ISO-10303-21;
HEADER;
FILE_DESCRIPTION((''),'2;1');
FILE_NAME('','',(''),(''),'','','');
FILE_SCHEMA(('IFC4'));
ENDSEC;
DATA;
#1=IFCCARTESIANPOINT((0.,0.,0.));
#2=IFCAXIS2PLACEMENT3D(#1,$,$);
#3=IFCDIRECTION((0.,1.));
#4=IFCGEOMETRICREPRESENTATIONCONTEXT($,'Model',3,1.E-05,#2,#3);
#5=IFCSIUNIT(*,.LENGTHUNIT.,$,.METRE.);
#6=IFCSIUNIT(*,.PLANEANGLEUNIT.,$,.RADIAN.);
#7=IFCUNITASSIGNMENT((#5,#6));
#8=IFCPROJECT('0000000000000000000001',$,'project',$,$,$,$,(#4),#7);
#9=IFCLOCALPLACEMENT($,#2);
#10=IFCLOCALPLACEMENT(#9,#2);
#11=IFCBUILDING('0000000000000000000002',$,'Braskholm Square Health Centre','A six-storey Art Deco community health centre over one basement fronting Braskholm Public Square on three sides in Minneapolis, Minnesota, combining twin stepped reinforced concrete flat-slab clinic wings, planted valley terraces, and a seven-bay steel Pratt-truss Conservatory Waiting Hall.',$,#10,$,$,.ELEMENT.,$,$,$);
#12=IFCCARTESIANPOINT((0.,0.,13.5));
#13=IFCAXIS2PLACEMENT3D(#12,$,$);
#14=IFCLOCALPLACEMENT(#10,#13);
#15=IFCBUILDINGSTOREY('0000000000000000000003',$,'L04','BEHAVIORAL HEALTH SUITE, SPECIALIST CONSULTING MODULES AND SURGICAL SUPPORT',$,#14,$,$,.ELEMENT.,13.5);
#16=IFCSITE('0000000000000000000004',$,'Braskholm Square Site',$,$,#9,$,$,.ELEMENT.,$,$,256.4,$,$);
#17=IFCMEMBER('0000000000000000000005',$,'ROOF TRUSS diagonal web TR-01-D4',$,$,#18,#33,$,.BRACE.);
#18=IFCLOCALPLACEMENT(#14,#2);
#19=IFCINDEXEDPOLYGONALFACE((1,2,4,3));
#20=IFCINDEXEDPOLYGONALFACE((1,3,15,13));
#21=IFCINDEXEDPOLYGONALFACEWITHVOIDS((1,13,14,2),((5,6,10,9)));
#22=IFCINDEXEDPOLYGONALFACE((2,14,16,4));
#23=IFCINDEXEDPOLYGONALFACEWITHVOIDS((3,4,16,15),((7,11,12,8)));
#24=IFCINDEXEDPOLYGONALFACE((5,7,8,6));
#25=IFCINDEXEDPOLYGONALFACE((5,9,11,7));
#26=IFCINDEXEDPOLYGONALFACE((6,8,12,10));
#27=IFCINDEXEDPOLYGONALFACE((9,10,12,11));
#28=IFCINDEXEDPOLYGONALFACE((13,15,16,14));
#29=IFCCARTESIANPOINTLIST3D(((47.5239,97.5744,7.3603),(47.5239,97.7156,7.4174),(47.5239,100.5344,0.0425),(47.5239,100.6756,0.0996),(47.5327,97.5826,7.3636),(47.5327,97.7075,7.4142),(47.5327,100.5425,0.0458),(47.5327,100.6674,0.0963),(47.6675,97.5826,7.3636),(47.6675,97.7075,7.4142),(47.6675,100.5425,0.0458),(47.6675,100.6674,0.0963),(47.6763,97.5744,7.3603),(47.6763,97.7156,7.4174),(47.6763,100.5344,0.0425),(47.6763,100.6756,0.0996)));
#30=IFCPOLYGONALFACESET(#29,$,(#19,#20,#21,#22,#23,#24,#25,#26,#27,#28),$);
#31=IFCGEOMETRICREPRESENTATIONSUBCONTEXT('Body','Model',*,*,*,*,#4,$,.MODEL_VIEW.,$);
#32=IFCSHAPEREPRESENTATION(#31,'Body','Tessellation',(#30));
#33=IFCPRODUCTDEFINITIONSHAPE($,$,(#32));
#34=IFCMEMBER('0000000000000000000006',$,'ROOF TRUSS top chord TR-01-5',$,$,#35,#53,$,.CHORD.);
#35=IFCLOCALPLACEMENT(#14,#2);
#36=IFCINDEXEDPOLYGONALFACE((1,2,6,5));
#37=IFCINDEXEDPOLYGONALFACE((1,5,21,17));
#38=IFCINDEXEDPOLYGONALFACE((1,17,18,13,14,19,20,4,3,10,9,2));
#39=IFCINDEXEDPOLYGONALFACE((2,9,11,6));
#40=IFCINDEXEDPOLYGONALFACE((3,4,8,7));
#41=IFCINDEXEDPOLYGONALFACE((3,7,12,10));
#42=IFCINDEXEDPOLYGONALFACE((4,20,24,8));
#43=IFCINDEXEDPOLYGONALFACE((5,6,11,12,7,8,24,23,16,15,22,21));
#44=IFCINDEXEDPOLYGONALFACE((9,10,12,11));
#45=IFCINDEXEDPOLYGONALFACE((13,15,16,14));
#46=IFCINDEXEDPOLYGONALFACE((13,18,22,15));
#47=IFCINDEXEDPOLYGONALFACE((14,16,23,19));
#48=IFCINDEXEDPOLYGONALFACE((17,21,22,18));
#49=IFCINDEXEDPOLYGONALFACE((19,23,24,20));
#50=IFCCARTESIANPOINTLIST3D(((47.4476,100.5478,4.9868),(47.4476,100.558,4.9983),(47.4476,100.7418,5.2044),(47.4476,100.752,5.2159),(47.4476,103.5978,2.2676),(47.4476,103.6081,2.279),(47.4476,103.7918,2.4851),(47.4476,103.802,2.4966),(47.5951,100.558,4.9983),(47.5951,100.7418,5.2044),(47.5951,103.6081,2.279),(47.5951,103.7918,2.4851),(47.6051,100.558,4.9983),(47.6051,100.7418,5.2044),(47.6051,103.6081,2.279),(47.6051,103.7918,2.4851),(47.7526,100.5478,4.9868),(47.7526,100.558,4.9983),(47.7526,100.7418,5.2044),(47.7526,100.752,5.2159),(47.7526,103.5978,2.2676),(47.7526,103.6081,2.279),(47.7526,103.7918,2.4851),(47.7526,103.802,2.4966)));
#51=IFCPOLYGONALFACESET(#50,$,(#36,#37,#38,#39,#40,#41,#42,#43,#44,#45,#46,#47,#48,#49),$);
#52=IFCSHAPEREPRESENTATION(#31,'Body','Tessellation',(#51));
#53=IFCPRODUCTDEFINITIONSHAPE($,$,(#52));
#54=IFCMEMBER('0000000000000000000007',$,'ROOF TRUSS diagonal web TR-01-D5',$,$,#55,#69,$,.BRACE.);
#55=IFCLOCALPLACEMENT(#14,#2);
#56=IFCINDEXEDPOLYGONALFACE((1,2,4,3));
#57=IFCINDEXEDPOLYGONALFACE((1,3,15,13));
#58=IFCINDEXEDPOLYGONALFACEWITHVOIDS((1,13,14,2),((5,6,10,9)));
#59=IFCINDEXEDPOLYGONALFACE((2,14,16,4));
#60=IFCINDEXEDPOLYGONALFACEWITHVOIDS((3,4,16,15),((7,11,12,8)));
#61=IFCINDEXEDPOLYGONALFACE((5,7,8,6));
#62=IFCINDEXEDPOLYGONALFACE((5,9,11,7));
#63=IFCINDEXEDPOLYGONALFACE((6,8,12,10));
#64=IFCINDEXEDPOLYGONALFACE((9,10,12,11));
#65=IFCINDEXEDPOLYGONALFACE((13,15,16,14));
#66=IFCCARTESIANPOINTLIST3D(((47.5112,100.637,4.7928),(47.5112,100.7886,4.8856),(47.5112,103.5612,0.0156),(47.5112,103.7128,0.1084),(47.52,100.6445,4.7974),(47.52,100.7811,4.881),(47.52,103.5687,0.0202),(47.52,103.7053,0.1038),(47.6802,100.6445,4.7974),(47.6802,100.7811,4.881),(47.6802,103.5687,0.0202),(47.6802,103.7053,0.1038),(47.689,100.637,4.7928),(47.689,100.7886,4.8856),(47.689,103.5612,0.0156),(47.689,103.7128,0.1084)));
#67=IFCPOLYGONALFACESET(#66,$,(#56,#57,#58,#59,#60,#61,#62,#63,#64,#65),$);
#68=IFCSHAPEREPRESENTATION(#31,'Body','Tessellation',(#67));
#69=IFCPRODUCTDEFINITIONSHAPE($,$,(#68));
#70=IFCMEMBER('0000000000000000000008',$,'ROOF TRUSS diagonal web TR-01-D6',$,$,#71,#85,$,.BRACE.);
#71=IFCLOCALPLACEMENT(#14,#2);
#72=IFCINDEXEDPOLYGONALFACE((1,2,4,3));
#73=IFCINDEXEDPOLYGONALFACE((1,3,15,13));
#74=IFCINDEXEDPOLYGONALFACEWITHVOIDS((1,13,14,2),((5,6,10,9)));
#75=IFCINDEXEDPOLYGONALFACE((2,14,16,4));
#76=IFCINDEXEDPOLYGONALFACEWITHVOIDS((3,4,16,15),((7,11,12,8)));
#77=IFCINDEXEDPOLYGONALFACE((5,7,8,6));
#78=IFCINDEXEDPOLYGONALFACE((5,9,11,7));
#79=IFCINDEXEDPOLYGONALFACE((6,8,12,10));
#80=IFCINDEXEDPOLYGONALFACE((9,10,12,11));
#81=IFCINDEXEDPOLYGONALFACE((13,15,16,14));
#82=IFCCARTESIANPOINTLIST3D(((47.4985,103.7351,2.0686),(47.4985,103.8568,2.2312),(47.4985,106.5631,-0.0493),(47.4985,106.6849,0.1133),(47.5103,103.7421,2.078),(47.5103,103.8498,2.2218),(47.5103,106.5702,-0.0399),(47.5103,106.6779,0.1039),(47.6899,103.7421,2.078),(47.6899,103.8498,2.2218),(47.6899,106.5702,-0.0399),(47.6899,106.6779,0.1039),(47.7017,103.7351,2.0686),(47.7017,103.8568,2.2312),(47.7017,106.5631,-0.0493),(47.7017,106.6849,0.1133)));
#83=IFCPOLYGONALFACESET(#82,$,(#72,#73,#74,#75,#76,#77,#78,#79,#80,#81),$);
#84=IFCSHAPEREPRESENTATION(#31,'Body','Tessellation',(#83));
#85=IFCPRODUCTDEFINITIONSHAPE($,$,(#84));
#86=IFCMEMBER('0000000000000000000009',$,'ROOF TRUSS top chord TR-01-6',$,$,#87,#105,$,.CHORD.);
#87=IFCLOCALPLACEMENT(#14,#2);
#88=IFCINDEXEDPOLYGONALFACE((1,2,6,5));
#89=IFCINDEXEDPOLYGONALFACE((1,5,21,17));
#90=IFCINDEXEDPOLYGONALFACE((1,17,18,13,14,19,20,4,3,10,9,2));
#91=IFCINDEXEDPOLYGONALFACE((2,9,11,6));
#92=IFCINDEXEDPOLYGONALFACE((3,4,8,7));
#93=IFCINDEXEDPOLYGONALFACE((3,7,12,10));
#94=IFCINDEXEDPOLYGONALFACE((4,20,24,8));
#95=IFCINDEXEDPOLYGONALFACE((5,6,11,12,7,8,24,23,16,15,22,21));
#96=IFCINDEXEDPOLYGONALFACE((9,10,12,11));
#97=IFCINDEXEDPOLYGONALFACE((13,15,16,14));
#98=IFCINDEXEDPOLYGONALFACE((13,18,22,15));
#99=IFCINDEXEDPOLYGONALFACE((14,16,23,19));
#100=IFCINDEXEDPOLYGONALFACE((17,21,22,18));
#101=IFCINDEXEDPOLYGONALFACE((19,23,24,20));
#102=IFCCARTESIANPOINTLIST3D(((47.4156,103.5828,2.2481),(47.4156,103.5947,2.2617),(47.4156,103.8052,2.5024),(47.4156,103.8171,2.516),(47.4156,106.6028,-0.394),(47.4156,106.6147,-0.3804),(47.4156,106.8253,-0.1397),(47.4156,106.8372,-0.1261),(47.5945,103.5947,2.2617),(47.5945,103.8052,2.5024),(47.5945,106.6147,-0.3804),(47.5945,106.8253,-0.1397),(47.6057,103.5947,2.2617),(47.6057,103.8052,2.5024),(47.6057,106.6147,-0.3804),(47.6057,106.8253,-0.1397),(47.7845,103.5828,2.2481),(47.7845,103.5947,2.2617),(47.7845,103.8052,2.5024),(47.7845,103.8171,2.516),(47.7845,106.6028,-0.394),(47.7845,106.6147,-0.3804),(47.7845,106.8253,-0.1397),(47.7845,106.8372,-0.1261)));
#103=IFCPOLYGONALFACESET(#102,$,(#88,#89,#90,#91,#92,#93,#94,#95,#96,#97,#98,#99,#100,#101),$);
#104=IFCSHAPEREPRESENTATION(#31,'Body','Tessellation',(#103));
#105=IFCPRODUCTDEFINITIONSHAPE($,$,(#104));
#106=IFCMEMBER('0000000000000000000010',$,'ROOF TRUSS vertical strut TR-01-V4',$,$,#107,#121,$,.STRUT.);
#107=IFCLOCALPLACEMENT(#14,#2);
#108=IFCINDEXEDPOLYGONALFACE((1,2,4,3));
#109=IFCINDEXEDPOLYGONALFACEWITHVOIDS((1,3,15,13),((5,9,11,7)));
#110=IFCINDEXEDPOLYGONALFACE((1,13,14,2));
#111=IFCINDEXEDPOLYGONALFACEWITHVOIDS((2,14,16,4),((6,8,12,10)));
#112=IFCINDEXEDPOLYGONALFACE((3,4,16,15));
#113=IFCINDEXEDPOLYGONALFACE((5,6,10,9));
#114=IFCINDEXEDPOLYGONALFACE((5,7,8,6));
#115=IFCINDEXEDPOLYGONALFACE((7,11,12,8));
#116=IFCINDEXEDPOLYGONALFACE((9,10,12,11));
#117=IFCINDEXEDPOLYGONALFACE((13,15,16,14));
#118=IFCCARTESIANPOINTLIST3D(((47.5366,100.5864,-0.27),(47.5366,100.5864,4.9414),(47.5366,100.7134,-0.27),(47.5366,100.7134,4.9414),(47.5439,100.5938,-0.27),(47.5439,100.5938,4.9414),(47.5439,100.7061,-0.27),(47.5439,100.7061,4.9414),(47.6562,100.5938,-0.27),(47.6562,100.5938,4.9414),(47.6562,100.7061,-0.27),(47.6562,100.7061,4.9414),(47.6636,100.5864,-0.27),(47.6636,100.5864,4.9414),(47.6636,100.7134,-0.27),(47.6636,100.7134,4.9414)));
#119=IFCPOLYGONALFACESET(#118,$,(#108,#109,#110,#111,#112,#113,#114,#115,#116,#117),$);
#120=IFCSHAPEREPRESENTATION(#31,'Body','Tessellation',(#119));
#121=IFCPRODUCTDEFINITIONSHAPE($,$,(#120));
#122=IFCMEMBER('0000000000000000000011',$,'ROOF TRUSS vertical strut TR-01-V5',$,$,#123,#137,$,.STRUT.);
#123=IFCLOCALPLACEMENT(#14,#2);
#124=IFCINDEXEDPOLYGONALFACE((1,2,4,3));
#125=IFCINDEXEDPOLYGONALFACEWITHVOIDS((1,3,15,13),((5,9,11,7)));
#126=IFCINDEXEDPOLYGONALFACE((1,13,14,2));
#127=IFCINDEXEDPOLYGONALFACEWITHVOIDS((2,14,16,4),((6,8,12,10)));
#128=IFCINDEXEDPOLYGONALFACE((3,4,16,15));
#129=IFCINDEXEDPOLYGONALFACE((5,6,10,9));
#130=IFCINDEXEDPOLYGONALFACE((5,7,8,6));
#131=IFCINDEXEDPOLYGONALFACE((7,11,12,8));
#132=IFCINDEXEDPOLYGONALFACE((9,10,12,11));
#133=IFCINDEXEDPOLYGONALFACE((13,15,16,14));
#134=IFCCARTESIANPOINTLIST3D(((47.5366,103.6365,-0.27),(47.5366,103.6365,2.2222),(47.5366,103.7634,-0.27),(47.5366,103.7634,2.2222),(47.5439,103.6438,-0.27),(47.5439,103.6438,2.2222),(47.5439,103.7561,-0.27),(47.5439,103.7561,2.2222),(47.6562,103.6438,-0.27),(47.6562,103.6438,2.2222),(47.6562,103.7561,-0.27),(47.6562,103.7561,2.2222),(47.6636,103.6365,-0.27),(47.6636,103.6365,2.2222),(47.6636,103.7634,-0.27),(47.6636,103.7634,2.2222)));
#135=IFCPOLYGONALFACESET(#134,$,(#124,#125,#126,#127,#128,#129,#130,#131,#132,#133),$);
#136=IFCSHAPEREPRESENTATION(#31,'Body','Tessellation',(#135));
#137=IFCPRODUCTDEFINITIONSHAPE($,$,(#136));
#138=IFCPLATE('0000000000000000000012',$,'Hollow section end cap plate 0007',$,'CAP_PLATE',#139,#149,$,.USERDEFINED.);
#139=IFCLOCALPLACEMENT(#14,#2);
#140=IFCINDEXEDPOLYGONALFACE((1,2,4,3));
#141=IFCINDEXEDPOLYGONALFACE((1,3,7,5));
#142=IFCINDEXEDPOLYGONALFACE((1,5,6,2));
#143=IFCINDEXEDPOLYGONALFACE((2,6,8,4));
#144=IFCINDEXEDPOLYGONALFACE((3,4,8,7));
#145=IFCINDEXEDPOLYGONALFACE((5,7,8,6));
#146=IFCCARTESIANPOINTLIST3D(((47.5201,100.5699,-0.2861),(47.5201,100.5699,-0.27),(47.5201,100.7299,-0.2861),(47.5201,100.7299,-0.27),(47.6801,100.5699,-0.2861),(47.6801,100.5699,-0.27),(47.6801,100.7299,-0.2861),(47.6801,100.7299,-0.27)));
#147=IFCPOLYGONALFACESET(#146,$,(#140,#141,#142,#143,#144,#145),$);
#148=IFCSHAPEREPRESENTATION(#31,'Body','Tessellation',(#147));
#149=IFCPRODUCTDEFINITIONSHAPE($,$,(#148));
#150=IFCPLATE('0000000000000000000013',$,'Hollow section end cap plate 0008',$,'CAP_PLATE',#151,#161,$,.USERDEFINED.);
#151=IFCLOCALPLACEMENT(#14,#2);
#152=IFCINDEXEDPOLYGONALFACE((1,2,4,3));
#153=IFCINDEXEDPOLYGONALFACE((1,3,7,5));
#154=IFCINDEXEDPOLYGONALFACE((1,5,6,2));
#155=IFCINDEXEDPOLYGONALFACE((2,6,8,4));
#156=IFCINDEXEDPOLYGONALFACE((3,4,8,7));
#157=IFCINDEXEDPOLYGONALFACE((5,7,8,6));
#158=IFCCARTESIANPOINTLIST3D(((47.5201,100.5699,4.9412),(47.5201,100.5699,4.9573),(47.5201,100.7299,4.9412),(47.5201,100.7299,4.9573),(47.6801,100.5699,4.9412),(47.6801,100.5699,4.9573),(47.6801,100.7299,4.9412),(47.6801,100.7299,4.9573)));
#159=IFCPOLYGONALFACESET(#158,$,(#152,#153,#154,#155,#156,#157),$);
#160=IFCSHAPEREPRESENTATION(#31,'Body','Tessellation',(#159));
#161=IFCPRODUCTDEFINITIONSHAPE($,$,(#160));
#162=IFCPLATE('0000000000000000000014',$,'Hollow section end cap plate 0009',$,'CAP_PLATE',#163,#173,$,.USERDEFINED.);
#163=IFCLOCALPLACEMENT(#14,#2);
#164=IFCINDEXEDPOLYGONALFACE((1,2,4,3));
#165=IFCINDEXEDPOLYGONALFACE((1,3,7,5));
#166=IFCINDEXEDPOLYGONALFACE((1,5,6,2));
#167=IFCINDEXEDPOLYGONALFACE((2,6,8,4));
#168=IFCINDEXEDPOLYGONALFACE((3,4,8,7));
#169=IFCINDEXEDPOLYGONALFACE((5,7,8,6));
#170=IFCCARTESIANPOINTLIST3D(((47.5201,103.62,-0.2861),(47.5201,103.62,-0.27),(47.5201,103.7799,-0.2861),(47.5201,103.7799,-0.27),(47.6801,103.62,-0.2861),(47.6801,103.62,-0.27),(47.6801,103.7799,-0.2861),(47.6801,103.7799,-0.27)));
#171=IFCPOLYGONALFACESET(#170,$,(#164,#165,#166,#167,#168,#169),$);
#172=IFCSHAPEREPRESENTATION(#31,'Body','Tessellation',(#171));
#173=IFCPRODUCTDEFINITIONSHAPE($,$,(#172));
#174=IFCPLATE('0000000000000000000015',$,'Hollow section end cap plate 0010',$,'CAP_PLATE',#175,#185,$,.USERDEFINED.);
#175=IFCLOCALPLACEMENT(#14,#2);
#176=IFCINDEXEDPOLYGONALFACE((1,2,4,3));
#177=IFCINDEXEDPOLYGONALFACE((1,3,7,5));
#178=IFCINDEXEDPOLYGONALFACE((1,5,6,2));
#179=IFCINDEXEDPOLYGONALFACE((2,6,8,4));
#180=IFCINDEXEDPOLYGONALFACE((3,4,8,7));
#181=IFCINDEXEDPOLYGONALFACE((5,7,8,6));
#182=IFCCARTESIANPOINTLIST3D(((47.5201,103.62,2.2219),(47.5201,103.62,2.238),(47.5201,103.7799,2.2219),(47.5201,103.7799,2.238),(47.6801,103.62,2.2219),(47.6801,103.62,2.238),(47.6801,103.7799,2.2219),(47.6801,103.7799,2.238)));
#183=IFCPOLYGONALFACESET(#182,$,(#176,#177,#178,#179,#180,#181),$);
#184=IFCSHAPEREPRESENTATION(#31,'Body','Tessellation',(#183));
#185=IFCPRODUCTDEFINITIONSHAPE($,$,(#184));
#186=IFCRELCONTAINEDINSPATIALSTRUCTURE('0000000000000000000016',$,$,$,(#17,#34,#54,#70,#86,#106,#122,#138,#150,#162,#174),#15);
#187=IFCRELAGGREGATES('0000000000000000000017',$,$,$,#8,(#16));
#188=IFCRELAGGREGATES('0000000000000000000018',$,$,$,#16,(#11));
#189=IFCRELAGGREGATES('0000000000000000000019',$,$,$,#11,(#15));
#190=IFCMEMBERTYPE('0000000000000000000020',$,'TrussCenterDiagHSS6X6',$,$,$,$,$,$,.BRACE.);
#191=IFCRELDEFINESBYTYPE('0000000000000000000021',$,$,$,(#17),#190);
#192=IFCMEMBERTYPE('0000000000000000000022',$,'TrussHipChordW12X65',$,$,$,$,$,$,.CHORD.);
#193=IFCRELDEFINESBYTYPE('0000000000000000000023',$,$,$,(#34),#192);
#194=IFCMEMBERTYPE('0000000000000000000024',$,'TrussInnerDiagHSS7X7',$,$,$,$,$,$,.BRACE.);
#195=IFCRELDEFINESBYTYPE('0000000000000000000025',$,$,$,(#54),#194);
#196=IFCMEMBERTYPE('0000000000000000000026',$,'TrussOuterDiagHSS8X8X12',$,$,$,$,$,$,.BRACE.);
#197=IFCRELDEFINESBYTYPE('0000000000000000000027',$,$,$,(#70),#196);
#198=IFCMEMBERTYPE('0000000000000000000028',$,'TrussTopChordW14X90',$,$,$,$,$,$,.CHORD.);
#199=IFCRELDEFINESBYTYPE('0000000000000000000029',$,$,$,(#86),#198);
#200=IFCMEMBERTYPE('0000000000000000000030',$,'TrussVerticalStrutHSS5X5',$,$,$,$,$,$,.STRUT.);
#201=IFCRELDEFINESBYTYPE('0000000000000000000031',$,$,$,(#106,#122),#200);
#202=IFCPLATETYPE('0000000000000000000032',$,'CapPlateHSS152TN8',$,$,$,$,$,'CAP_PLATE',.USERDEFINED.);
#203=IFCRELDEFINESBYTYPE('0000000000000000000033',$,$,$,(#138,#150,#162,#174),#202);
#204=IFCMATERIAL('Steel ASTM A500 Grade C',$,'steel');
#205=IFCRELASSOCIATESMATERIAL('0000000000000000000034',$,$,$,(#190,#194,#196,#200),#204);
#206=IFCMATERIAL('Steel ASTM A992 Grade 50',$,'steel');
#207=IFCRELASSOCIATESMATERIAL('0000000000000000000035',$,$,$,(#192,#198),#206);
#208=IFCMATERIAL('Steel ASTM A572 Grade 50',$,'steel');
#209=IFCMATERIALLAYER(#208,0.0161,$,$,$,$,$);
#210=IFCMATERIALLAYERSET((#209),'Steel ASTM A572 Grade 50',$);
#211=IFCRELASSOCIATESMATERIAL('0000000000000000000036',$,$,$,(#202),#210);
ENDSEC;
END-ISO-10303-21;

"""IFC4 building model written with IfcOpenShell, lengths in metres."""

from ifc_helpers import new_model, si_unit, direction, frame, origin, origin_2d, place, context, subcontext, project, spatial, rectangle, hollow_rectangle, i_section, extrude, material, layer, layer_set, material_profile, profile_set, type_object, element, save


model = new_model("IFC4")

# Units and contexts
model_context = context("Model", 3, precision=1e-05, world=origin(), true_north=direction((0.0, 1.0)))
body_context = subcontext(model_context, "Body", "Model", "MODEL_VIEW")
ifc_project = project(units=[si_unit("LENGTHUNIT", "METRE"), si_unit("PLANEANGLEUNIT", "RADIAN")], contexts=[model_context])

# Site, building, storey
site_placement = place(None, origin())
site = spatial("IfcSite", under=ifc_project, at=site_placement, Name="Braskholm Square Site", CompositionType="ELEMENT", RefElevation=256.4)
building_placement = place(site_placement, origin())
building = spatial("IfcBuilding", under=site, at=building_placement, Name="Braskholm Square Health Centre", Description="A six-storey Art Deco community health centre over one basement fronting Braskholm Public Square on three sides in Minneapolis, Minnesota, combining twin stepped reinforced concrete flat-slab clinic wings, planted valley terraces, and a seven-bay steel Pratt-truss Conservatory Waiting Hall.", CompositionType="ELEMENT")
storey_placement = place(building_placement, frame((0.0, 0.0, 13.5)))
storey = spatial("IfcBuildingStorey", under=building, at=storey_placement, Name="L04", Description="BEHAVIORAL HEALTH SUITE, SPECIALIST CONSULTING MODULES AND SURGICAL SUPPORT", CompositionType="ELEMENT", Elevation=13.5)

# Shared definitions
ifc_material_1 = material(Name="Steel ASTM A500 Grade C", Category="steel")

# Shared definitions
ifc_material_2 = material(Name="Steel ASTM A992 Grade 50", Category="steel")

# Members
ifc_material_profile_1 = material_profile(ifc_material_1, hollow_rectangle(XDim=0.1523, YDim=0.1523, WallThickness=0.0088, at=origin_2d()), Name="HSS6X6X3/8")
ifc_profile_set_1 = profile_set([ifc_material_profile_1], Name="Steel ASTM A500 Grade C")
member_type_1 = type_object("IfcMemberType", Name="TrussCenterDiagHSS6X6", PredefinedType="BRACE", material=ifc_profile_set_1)
member_1_placement = place(storey_placement, frame((47.6001, 100.605, 0.071), z_axis=(0.0, -0.374971, 0.927036), x_axis=(1.0, 0.0, 0.0)))
element("IfcMember", 1, at=member_1_placement, inside=storey, type_object=member_type_1, Name="ROOF TRUSS diagonal web TR-01-D4", PredefinedType="BRACE", context=body_context, shape_type="SweptSolid", body=[
    extrude(hollow_rectangle(XDim=0.1523, YDim=0.1523, WallThickness=0.0088, at=origin_2d()), origin(), (0.0, 0.0, 1.0), 7.8938),
])
ifc_material_profile_2 = material_profile(ifc_material_2, i_section(OverallWidth=0.3049, OverallDepth=0.3069, WebThickness=0.01, FlangeThickness=0.0154, at=origin_2d()), Name="W12X65")
ifc_profile_set_2 = profile_set([ifc_material_profile_2], Name="Steel ASTM A992 Grade 50")
member_type_2 = type_object("IfcMemberType", Name="TrussHipChordW12X65", PredefinedType="CHORD", material=ifc_profile_set_2)
member_2_placement = place(storey_placement, frame((47.6001, 100.6499, 5.1013), z_axis=(0.0, 0.746426, -0.665468), x_axis=(-1.0, 0.0, 0.0)))
element("IfcMember", 2, at=member_2_placement, inside=storey, type_object=member_type_2, Name="ROOF TRUSS top chord TR-01-5", PredefinedType="CHORD", context=body_context, shape_type="SweptSolid", body=[
    extrude(i_section(OverallWidth=0.3049, OverallDepth=0.3069, WebThickness=0.01, FlangeThickness=0.0154, at=origin_2d()), origin(), (0.0, 0.0, 1.0), 4.0862),
])
ifc_material_profile_3 = material_profile(ifc_material_1, hollow_rectangle(XDim=0.1777, YDim=0.1777, WallThickness=0.0088, at=origin_2d()), Name="HSS7X7X3/8")
ifc_profile_set_3 = profile_set([ifc_material_profile_3], Name="Steel ASTM A500 Grade C")
member_type_3 = type_object("IfcMemberType", Name="TrussInnerDiagHSS7X7", PredefinedType="BRACE", material=ifc_profile_set_3)
member_3_placement = place(storey_placement, frame((47.6001, 103.637, 0.062), z_axis=(0.0, -0.522065, 0.852906), x_axis=(1.0, 0.0, 0.0)))
element("IfcMember", 3, at=member_3_placement, inside=storey, type_object=member_type_3, Name="ROOF TRUSS diagonal web TR-01-D5", PredefinedType="BRACE", context=body_context, shape_type="SweptSolid", body=[
    extrude(hollow_rectangle(XDim=0.1777, YDim=0.1777, WallThickness=0.0088, at=origin_2d()), origin(), (0.0, 0.0, 1.0), 5.6011),
])
ifc_material_profile_4 = material_profile(ifc_material_1, hollow_rectangle(XDim=0.2031, YDim=0.2031, WallThickness=0.0117, at=origin_2d()), Name="HSS8X8X1/2")
ifc_profile_set_4 = profile_set([ifc_material_profile_4], Name="Steel ASTM A500 Grade C")
member_type_4 = type_object("IfcMemberType", Name="TrussOuterDiagHSS8X8X12", PredefinedType="BRACE", material=ifc_profile_set_4)
member_4_placement = place(storey_placement, frame((47.6001, 106.624, 0.032), z_axis=(0.0, -0.800431, 0.599425), x_axis=(1.0, 0.0, 0.0)))
element("IfcMember", 4, at=member_4_placement, inside=storey, type_object=member_type_4, Name="ROOF TRUSS diagonal web TR-01-D6", PredefinedType="BRACE", context=body_context, shape_type="SweptSolid", body=[
    extrude(hollow_rectangle(XDim=0.2031, YDim=0.2031, WallThickness=0.0117, at=origin_2d()), origin(), (0.0, 0.0, 1.0), 3.5332),
])
ifc_material_profile_5 = material_profile(ifc_material_2, i_section(OverallWidth=0.3689, OverallDepth=0.356, WebThickness=0.0112, FlangeThickness=0.0181, at=origin_2d()), Name="W14X90")
ifc_profile_set_5 = profile_set([ifc_material_profile_5], Name="Steel ASTM A992 Grade 50")
member_type_5 = type_object("IfcMemberType", Name="TrussTopChordW14X90", PredefinedType="CHORD", material=ifc_profile_set_5)
member_5_placement = place(storey_placement, frame((47.6001, 103.7, 2.3821), z_axis=(0.0, 0.752629, -0.658444), x_axis=(-1.0, 0.0, 0.0)))
element("IfcMember", 5, at=member_5_placement, inside=storey, type_object=member_type_5, Name="ROOF TRUSS top chord TR-01-6", PredefinedType="CHORD", context=body_context, shape_type="SweptSolid", body=[
    extrude(i_section(OverallWidth=0.3689, OverallDepth=0.356, WebThickness=0.0112, FlangeThickness=0.0181, at=origin_2d()), origin(), (0.0, 0.0, 1.0), 4.0127),
])
ifc_material_profile_6 = material_profile(ifc_material_1, hollow_rectangle(XDim=0.127, YDim=0.127, WallThickness=0.0073, at=origin_2d()), Name="HSS5X5X5/16")
ifc_profile_set_6 = profile_set([ifc_material_profile_6], Name="Steel ASTM A500 Grade C")
member_type_6 = type_object("IfcMemberType", Name="TrussVerticalStrutHSS5X5", PredefinedType="STRUT", material=ifc_profile_set_6)
member_6_placement = place(storey_placement, frame((47.6001, 100.6499, -0.27), z_axis=(0.0, 0.0, 1.0), x_axis=(1.0, 0.0, 0.0)))
element("IfcMember", 6, at=member_6_placement, inside=storey, type_object=member_type_6, Name="ROOF TRUSS vertical strut TR-01-V4", PredefinedType="STRUT", context=body_context, shape_type="SweptSolid", body=[
    extrude(hollow_rectangle(XDim=0.127, YDim=0.127, WallThickness=0.0073, at=origin_2d()), origin(), (0.0, 0.0, 1.0), 5.2114),
])
member_7_placement = place(storey_placement, frame((47.6001, 103.7, -0.27), z_axis=(0.0, 0.0, 1.0), x_axis=(1.0, 0.0, 0.0)))
element("IfcMember", 7, at=member_7_placement, inside=storey, type_object=member_type_6, Name="ROOF TRUSS vertical strut TR-01-V5", PredefinedType="STRUT", context=body_context, shape_type="SweptSolid", body=[
    extrude(hollow_rectangle(XDim=0.127, YDim=0.127, WallThickness=0.0073, at=origin_2d()), origin(), (0.0, 0.0, 1.0), 2.4922),
])

# Plates
ifc_material_3 = material(Name="Steel ASTM A572 Grade 50", Category="steel")
ifc_layer_1 = layer(ifc_material_3, 0.0161)
ifc_layer_set_1 = layer_set([ifc_layer_1], Name="Steel ASTM A572 Grade 50")
plate_type_1 = type_object("IfcPlateType", Name="CapPlateHSS152TN8", ElementType="CAP_PLATE", PredefinedType="USERDEFINED", material=ifc_layer_set_1)
for number, where, z_axis, x_axis, name in (
    (8, (47.6001, 100.6499, -0.2861), (0.0, 0.0, 1.0), (1.0, 0.0, 0.0), "Hollow section end cap plate 0007"),
    (9, (47.6001, 100.6499, 4.9412), (0.0, 0.0, 1.0), (1.0, 0.0, 0.0), "Hollow section end cap plate 0008"),
    (10, (47.6001, 103.7, -0.2861), (0.0, 0.0, 1.0), (1.0, 0.0, 0.0), "Hollow section end cap plate 0009"),
    (11, (47.6001, 103.7, 2.2219), (0.0, 0.0, 1.0), (1.0, 0.0, 0.0), "Hollow section end cap plate 0010"),
):
    element("IfcPlate", number, at=place(storey_placement, frame(where, z_axis=z_axis, x_axis=x_axis)), inside=storey, type_object=plate_type_1, Name=name, ObjectType="CAP_PLATE", PredefinedType="USERDEFINED", context=body_context, shape_type="SweptSolid", body=[
        extrude(rectangle(XDim=0.1599, YDim=0.1599, at=origin_2d()), origin(), (0.0, 0.0, 1.0), 0.0161),
    ])

save(model, "model.ifc")
